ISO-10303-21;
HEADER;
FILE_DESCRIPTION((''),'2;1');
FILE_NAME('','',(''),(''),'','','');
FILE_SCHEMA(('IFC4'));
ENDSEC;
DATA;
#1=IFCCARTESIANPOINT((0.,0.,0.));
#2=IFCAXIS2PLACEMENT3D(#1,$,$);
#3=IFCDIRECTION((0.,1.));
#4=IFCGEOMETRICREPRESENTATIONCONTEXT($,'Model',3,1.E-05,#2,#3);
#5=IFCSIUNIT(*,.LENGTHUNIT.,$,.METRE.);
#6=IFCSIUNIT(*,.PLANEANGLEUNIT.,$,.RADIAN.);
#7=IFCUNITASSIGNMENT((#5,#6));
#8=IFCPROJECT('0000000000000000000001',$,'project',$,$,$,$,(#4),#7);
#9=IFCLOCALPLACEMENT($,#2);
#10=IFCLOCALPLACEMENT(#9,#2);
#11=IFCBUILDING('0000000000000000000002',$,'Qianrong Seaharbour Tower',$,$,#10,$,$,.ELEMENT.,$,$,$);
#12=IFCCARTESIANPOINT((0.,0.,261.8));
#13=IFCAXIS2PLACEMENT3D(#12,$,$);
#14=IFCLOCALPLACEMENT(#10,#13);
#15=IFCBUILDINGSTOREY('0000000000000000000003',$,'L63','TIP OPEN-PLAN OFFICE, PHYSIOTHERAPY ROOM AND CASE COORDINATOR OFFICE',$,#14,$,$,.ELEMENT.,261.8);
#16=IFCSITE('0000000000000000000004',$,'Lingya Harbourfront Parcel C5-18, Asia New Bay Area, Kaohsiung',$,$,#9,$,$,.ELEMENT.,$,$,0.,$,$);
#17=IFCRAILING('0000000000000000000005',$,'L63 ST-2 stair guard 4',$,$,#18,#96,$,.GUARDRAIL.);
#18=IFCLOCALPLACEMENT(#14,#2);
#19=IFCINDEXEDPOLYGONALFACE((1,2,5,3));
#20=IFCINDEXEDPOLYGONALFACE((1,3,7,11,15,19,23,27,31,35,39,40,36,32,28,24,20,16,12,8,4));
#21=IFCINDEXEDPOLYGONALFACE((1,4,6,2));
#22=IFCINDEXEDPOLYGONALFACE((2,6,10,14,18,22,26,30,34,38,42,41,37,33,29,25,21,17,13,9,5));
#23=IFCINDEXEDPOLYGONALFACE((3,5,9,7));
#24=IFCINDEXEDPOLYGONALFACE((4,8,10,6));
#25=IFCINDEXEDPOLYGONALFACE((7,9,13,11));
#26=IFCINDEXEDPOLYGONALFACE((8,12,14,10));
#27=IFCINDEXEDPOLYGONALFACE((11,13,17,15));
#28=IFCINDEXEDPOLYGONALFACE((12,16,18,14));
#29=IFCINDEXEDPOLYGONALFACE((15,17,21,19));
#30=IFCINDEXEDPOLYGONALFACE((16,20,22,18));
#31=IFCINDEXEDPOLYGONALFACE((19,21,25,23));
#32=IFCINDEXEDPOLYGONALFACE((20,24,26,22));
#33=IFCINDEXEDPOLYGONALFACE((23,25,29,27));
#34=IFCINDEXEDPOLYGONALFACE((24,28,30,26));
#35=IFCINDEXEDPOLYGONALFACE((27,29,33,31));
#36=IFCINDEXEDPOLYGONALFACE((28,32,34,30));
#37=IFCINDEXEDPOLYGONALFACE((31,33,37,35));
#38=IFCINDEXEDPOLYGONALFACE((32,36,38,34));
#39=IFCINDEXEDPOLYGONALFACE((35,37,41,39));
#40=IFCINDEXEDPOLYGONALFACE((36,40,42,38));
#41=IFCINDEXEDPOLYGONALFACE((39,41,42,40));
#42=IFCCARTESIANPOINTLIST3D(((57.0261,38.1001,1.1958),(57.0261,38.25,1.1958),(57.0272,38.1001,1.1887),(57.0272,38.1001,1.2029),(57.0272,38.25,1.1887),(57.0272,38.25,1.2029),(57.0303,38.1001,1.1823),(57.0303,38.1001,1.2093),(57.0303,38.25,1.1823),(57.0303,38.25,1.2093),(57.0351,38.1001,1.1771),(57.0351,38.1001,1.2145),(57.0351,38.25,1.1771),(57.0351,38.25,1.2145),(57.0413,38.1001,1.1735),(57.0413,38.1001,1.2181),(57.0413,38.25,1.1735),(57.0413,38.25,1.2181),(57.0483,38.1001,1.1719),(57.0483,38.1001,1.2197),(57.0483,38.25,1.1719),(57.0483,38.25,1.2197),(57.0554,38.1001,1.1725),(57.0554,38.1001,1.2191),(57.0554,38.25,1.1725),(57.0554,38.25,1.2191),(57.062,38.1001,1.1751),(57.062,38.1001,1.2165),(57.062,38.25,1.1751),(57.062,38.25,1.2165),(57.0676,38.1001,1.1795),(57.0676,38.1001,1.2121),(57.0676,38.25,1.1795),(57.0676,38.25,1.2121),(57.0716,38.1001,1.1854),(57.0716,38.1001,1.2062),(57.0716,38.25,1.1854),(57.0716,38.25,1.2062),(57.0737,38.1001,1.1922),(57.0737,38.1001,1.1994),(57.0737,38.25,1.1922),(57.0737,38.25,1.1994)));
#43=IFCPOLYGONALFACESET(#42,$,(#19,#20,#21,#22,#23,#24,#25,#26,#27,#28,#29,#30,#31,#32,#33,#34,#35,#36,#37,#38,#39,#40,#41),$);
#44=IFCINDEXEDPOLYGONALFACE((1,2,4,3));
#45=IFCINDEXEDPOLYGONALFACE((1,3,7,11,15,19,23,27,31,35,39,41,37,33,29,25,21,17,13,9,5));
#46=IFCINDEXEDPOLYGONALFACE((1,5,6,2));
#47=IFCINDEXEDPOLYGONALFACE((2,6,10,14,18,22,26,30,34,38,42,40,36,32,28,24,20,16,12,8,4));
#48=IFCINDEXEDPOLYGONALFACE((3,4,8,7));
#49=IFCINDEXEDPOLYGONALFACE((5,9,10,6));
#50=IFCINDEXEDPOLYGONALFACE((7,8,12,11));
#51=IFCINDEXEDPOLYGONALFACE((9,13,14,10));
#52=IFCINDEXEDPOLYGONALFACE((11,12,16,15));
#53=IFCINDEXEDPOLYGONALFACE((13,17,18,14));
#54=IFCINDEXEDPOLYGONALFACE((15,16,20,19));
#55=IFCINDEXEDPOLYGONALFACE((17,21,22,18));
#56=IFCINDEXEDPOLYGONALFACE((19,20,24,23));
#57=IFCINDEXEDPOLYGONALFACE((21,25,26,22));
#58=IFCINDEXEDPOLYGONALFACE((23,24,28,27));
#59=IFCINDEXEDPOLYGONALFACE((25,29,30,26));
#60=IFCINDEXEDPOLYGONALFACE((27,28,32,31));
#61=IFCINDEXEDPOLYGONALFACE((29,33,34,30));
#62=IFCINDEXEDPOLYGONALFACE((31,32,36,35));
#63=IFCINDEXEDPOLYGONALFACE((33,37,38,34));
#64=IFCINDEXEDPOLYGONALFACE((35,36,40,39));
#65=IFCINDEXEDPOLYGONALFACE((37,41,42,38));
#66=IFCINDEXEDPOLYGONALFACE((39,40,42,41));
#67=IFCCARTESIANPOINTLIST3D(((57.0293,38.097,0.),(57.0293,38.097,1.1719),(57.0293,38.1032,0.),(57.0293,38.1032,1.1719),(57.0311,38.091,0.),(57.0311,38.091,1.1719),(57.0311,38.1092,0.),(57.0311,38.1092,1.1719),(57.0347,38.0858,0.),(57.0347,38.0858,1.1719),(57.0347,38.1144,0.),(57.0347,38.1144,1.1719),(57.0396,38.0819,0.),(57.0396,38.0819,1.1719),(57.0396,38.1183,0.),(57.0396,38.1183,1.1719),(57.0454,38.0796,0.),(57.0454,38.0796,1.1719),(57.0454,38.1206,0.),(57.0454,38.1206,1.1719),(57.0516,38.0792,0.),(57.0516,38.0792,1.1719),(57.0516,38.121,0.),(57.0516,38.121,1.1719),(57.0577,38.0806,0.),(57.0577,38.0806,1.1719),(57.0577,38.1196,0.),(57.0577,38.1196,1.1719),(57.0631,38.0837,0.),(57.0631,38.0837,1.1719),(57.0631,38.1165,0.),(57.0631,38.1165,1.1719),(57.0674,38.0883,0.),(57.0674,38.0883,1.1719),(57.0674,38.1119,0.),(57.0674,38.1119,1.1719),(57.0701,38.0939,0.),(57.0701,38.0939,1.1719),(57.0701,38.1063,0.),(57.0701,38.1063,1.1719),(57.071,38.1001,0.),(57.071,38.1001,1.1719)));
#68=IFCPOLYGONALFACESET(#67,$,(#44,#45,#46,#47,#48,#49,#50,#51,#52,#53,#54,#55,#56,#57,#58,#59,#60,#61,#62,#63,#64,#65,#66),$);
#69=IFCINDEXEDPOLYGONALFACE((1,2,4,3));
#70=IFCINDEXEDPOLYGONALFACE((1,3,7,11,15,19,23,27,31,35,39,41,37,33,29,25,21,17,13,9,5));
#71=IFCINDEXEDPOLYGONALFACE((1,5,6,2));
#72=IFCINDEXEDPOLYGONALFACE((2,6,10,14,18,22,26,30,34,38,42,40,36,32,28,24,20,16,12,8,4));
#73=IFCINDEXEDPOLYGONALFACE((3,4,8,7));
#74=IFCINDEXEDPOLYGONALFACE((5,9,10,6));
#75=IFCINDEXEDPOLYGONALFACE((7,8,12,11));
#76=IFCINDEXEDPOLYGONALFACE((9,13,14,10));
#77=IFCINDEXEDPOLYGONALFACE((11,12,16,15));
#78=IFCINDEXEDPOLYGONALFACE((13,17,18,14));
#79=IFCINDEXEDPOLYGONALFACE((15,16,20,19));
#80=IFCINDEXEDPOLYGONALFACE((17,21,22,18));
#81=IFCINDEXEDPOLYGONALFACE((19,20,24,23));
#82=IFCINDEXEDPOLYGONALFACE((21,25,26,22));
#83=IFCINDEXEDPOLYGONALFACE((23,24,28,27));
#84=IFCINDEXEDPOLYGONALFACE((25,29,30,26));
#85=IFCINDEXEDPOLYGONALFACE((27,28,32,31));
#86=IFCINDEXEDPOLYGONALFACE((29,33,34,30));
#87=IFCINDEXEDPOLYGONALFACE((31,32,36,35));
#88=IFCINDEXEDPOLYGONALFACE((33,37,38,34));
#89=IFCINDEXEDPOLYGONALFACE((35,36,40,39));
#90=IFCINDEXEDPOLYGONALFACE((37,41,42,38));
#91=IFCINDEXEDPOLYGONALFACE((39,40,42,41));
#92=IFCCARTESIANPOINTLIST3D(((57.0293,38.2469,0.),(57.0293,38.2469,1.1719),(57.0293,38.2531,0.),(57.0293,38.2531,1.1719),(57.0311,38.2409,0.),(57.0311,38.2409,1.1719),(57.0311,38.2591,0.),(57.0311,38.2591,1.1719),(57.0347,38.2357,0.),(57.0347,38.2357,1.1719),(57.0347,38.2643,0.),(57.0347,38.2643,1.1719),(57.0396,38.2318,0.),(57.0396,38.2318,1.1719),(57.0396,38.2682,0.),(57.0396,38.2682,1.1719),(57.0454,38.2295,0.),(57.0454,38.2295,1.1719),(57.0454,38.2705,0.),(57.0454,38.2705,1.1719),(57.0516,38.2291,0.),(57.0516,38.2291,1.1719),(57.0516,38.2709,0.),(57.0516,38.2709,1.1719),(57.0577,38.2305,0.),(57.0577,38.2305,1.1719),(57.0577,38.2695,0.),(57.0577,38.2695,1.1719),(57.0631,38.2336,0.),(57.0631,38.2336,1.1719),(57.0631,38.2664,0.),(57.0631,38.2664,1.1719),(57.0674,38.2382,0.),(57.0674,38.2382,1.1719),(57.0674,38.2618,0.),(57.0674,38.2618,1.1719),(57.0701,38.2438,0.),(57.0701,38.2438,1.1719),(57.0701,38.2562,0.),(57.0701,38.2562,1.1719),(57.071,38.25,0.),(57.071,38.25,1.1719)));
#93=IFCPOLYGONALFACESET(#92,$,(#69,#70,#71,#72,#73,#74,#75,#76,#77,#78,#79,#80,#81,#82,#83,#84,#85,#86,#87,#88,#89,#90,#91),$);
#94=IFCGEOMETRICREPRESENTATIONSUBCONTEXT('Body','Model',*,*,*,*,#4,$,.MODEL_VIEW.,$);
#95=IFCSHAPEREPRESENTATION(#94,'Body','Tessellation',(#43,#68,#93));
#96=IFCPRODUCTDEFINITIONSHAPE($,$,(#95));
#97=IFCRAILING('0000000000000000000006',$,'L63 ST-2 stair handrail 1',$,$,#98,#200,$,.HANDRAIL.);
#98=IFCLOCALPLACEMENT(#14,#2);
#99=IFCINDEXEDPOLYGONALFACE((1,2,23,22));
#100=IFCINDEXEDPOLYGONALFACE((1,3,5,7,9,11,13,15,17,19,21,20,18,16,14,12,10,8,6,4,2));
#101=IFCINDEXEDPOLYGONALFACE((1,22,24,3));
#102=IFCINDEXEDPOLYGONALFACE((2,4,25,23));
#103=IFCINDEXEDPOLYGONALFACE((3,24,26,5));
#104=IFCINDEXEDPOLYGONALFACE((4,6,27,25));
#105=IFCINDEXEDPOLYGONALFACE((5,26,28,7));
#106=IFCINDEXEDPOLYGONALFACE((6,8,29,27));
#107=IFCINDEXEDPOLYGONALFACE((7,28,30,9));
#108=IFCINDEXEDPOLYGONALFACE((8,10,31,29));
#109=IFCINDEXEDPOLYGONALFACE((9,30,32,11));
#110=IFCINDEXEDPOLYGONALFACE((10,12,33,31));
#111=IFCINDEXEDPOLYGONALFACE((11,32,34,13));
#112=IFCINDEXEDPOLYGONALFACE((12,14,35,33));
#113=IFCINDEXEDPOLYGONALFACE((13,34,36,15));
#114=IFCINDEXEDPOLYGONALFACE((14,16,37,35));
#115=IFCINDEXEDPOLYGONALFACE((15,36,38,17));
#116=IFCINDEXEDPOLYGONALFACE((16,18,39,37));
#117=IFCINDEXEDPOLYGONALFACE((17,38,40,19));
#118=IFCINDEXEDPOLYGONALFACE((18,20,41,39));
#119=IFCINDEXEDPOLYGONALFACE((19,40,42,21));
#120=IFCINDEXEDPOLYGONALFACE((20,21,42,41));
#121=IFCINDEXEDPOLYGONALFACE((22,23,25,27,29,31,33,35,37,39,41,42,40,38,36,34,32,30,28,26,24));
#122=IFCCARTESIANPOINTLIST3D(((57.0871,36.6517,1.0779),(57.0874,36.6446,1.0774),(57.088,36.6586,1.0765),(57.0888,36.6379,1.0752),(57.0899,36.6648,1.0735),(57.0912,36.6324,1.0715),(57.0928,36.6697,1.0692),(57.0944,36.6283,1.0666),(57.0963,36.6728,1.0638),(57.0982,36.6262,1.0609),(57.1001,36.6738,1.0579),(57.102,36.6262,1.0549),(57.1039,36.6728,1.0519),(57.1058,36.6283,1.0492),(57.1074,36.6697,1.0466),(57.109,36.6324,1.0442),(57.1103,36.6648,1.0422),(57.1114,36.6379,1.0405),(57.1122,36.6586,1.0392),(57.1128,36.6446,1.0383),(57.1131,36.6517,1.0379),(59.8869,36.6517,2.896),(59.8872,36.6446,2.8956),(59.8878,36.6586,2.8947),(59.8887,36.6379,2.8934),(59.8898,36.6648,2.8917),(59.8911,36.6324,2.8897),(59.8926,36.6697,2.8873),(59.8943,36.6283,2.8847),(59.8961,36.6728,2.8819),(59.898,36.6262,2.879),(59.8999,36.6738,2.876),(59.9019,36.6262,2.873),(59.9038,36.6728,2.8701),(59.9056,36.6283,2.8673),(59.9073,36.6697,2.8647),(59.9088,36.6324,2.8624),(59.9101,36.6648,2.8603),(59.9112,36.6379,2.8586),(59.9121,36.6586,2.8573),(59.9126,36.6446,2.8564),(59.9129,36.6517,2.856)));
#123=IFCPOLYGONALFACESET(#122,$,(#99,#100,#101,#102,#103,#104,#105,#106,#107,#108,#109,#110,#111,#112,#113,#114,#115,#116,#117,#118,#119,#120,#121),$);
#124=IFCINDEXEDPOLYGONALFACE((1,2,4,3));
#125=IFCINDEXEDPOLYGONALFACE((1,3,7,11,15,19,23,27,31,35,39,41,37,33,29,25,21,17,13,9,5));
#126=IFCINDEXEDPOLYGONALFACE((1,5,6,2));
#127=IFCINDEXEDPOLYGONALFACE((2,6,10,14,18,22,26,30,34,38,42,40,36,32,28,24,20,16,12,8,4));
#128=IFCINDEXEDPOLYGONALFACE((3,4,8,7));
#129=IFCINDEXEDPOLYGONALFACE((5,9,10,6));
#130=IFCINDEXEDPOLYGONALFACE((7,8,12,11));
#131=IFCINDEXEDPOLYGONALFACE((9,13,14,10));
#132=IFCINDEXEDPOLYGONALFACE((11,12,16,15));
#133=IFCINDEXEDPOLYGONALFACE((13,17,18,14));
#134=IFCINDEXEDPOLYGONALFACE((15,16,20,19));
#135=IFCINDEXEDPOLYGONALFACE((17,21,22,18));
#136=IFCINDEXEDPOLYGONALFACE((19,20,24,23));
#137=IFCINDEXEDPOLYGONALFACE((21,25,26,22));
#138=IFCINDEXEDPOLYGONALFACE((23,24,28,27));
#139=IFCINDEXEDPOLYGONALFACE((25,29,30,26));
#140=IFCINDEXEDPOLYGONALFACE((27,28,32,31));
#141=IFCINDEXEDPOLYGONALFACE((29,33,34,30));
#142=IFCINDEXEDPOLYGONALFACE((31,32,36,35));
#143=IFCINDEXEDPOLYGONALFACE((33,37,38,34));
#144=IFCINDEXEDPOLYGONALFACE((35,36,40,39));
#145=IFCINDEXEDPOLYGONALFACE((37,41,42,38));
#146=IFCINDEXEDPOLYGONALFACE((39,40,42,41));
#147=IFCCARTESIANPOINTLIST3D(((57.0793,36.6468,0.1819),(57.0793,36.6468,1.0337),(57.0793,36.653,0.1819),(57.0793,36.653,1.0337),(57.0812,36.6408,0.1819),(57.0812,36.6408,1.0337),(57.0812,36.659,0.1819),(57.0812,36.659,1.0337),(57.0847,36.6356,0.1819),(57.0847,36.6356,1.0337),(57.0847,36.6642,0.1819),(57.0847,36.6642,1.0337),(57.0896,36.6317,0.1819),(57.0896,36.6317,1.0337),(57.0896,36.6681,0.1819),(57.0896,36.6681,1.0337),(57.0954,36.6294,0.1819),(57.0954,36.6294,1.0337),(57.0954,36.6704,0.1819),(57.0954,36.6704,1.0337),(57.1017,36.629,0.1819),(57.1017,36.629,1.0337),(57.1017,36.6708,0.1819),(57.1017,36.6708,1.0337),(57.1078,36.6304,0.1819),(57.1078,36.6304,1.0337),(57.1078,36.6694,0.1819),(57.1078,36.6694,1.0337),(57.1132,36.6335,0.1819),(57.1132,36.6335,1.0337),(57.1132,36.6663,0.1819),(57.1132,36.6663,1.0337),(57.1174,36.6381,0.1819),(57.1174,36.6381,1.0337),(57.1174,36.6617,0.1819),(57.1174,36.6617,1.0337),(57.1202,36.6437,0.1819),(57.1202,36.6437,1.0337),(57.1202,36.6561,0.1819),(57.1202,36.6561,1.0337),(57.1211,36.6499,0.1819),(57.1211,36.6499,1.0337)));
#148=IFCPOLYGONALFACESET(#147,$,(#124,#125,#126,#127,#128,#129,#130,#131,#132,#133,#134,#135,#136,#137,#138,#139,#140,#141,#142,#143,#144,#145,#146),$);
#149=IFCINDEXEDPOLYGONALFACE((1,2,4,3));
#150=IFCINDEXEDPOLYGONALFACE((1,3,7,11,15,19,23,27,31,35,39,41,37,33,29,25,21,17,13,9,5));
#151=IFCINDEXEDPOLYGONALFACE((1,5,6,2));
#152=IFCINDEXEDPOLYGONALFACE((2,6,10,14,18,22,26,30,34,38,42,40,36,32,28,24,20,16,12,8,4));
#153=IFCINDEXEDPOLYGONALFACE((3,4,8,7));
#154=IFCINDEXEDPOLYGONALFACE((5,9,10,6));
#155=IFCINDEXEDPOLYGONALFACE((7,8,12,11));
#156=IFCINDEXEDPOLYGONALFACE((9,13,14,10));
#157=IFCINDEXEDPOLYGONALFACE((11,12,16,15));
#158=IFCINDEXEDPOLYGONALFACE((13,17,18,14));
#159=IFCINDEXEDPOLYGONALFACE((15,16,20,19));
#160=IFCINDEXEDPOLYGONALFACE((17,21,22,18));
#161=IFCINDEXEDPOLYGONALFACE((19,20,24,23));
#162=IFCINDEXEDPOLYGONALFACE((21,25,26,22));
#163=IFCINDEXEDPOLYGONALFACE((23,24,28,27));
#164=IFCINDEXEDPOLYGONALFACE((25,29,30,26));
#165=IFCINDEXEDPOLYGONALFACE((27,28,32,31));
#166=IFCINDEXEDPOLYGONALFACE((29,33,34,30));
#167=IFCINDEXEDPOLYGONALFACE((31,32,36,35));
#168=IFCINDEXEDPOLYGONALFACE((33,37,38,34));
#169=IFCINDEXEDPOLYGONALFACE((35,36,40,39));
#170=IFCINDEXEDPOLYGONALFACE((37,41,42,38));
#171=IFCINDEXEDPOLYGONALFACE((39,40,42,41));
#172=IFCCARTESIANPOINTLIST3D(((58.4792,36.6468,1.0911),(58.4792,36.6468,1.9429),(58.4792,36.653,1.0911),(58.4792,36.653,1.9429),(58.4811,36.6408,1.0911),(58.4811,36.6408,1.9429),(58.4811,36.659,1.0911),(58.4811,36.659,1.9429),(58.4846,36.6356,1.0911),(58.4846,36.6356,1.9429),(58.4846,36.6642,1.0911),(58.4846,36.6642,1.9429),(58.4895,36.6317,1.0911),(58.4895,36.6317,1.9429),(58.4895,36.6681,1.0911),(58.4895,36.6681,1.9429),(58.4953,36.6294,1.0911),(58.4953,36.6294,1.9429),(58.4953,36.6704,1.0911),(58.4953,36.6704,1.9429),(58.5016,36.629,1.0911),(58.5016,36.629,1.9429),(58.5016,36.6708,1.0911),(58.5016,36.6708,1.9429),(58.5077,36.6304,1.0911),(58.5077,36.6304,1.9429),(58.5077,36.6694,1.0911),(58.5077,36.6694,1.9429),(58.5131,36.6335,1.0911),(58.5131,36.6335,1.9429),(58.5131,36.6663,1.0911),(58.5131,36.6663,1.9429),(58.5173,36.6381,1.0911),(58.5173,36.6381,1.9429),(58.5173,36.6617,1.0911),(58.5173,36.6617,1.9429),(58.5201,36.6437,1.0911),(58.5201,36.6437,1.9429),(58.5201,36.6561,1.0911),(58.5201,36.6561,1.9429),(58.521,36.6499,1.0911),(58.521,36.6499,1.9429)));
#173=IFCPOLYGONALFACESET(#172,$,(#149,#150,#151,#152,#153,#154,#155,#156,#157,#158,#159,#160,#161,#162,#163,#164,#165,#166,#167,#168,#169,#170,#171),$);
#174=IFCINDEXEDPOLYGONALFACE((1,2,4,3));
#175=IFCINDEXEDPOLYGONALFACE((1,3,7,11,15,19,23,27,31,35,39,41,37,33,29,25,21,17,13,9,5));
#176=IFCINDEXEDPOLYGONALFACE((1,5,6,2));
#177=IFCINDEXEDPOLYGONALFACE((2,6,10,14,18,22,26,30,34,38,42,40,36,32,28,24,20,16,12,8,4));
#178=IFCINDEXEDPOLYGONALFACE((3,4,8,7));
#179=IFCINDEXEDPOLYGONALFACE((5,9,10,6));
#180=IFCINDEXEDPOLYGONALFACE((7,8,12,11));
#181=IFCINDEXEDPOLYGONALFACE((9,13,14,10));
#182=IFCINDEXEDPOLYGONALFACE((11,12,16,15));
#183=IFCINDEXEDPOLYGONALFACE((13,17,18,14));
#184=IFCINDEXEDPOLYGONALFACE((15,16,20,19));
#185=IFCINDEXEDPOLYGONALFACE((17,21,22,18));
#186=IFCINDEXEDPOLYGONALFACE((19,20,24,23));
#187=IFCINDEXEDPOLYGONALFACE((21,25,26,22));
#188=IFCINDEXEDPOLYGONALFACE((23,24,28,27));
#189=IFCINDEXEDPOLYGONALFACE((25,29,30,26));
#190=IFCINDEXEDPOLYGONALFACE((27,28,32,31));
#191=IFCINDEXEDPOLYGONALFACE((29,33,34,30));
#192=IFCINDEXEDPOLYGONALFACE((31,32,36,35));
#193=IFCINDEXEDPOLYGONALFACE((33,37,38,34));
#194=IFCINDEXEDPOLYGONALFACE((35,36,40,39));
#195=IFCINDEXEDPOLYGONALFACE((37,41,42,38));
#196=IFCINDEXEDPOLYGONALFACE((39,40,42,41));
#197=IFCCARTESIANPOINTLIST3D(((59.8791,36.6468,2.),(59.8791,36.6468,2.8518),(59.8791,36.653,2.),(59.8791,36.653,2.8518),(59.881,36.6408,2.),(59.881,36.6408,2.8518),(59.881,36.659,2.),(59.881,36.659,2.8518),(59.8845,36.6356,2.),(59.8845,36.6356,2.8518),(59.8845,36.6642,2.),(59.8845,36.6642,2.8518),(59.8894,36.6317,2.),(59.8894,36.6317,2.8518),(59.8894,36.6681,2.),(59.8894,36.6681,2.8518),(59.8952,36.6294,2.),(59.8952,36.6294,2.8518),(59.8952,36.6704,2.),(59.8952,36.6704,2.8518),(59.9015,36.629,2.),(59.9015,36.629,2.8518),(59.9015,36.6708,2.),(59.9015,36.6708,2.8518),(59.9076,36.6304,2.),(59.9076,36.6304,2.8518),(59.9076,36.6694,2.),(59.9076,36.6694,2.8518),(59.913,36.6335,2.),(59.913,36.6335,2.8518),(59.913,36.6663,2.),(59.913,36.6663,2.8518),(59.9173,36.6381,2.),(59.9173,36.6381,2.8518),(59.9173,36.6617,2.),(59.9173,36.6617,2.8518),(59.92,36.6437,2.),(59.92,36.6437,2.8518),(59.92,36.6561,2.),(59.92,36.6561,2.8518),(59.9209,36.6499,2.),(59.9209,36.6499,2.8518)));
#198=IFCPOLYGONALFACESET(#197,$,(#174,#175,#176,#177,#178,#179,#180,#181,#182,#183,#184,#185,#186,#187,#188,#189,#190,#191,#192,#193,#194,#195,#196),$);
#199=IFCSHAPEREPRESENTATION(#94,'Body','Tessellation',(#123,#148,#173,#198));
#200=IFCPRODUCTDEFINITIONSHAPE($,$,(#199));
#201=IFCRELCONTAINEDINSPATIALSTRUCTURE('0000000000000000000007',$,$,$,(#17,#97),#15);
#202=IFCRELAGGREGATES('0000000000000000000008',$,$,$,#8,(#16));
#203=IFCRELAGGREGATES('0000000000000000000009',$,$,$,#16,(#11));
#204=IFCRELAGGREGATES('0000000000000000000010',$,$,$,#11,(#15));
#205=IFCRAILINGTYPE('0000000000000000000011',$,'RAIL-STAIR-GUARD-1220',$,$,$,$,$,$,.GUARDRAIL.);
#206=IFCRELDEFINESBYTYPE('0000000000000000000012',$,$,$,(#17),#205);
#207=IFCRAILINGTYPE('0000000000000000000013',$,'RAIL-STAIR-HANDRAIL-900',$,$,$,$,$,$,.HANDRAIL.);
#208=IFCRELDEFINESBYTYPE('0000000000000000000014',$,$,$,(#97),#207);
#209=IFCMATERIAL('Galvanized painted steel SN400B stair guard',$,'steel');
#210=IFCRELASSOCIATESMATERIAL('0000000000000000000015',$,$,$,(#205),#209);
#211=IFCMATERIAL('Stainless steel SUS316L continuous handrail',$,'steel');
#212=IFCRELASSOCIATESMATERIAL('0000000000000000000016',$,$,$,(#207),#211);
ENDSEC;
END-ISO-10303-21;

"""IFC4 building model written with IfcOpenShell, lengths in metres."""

from ifc_helpers import new_model, si_unit, direction, frame, origin, origin_2d, place, context, subcontext, project, spatial, circle, extrude, material, type_object, element, save


model = new_model("IFC4")

# Units and contexts
model_context = context("Model", 3, precision=1e-05, world=origin(), true_north=direction((0.0, 1.0)))
body_context = subcontext(model_context, "Body", "Model", "MODEL_VIEW")
ifc_project = project(units=[si_unit("LENGTHUNIT", "METRE"), si_unit("PLANEANGLEUNIT", "RADIAN")], contexts=[model_context])

# Site, building, storey
site_placement = place(None, origin())
site = spatial("IfcSite", under=ifc_project, at=site_placement, Name="Lingya Harbourfront Parcel C5-18, Asia New Bay Area, Kaohsiung", CompositionType="ELEMENT", RefElevation=0.0)
building_placement = place(site_placement, origin())
building = spatial("IfcBuilding", under=site, at=building_placement, Name="Qianrong Seaharbour Tower", CompositionType="ELEMENT")
storey_placement = place(building_placement, frame((0.0, 0.0, 261.8)))
storey = spatial("IfcBuildingStorey", under=building, at=storey_placement, Name="L63", Description="TIP OPEN-PLAN OFFICE, PHYSIOTHERAPY ROOM AND CASE COORDINATOR OFFICE", CompositionType="ELEMENT", Elevation=261.8)

# Railings
ifc_material_1 = material(Name="Galvanized painted steel SN400B stair guard", Category="steel")
railing_type_1 = type_object("IfcRailingType", Name="RAIL-STAIR-GUARD-1220", PredefinedType="GUARDRAIL", material=ifc_material_1)
railing_1_placement = place(storey_placement, frame((57.05, 38.1001, 0.0)))
element("IfcRailing", 1, at=railing_1_placement, inside=storey, type_object=railing_type_1, Name="L63 ST-2 stair guard 4", PredefinedType="GUARDRAIL", context=body_context, shape_type="SweptSolid", body=[
    extrude(circle(Radius=0.0239, at=origin_2d()), frame((0.0, 0.0, 1.1958), z_axis=(0.0, 1.0, 0.0), x_axis=(-1.0, 0.0, 0.0)), (0.0, 0.0, 1.0), 0.1499),
    extrude(circle(Radius=0.021, at=origin_2d()), origin(), (0.0, 0.0, 1.0), 1.1719),
    extrude(circle(Radius=0.021, at=origin_2d()), frame((0.0, 0.1499, 0.0)), (0.0, 0.0, 1.0), 1.1719),
])
ifc_material_2 = material(Name="Stainless steel SUS316L continuous handrail", Category="steel")
railing_type_2 = type_object("IfcRailingType", Name="RAIL-STAIR-HANDRAIL-900", PredefinedType="HANDRAIL", material=ifc_material_2)
railing_2_placement = place(storey_placement, frame((57.1001, 36.6499, 0.1819)))
element("IfcRailing", 2, at=railing_2_placement, inside=storey, type_object=railing_type_2, Name="L63 ST-2 stair handrail 1", PredefinedType="HANDRAIL", context=body_context, shape_type="SweptSolid", body=[
    extrude(circle(Radius=0.0239, at=origin_2d()), frame((0.0, 0.0, 0.876), z_axis=(0.838684, 0.0, 0.544618), x_axis=(0.0, 1.0, 0.0)), (0.0, 0.0, 1.0), 3.3384),
    extrude(circle(Radius=0.021, at=origin_2d()), origin(), (0.0, 0.0, 1.0), 0.8518),
    extrude(circle(Radius=0.021, at=origin_2d()), frame((1.3999, 0.0, 0.9092)), (0.0, 0.0, 1.0), 0.8518),
    extrude(circle(Radius=0.021, at=origin_2d()), frame((2.7998, 0.0, 1.8181)), (0.0, 0.0, 1.0), 0.8518),
])

save(model, "model.ifc")
